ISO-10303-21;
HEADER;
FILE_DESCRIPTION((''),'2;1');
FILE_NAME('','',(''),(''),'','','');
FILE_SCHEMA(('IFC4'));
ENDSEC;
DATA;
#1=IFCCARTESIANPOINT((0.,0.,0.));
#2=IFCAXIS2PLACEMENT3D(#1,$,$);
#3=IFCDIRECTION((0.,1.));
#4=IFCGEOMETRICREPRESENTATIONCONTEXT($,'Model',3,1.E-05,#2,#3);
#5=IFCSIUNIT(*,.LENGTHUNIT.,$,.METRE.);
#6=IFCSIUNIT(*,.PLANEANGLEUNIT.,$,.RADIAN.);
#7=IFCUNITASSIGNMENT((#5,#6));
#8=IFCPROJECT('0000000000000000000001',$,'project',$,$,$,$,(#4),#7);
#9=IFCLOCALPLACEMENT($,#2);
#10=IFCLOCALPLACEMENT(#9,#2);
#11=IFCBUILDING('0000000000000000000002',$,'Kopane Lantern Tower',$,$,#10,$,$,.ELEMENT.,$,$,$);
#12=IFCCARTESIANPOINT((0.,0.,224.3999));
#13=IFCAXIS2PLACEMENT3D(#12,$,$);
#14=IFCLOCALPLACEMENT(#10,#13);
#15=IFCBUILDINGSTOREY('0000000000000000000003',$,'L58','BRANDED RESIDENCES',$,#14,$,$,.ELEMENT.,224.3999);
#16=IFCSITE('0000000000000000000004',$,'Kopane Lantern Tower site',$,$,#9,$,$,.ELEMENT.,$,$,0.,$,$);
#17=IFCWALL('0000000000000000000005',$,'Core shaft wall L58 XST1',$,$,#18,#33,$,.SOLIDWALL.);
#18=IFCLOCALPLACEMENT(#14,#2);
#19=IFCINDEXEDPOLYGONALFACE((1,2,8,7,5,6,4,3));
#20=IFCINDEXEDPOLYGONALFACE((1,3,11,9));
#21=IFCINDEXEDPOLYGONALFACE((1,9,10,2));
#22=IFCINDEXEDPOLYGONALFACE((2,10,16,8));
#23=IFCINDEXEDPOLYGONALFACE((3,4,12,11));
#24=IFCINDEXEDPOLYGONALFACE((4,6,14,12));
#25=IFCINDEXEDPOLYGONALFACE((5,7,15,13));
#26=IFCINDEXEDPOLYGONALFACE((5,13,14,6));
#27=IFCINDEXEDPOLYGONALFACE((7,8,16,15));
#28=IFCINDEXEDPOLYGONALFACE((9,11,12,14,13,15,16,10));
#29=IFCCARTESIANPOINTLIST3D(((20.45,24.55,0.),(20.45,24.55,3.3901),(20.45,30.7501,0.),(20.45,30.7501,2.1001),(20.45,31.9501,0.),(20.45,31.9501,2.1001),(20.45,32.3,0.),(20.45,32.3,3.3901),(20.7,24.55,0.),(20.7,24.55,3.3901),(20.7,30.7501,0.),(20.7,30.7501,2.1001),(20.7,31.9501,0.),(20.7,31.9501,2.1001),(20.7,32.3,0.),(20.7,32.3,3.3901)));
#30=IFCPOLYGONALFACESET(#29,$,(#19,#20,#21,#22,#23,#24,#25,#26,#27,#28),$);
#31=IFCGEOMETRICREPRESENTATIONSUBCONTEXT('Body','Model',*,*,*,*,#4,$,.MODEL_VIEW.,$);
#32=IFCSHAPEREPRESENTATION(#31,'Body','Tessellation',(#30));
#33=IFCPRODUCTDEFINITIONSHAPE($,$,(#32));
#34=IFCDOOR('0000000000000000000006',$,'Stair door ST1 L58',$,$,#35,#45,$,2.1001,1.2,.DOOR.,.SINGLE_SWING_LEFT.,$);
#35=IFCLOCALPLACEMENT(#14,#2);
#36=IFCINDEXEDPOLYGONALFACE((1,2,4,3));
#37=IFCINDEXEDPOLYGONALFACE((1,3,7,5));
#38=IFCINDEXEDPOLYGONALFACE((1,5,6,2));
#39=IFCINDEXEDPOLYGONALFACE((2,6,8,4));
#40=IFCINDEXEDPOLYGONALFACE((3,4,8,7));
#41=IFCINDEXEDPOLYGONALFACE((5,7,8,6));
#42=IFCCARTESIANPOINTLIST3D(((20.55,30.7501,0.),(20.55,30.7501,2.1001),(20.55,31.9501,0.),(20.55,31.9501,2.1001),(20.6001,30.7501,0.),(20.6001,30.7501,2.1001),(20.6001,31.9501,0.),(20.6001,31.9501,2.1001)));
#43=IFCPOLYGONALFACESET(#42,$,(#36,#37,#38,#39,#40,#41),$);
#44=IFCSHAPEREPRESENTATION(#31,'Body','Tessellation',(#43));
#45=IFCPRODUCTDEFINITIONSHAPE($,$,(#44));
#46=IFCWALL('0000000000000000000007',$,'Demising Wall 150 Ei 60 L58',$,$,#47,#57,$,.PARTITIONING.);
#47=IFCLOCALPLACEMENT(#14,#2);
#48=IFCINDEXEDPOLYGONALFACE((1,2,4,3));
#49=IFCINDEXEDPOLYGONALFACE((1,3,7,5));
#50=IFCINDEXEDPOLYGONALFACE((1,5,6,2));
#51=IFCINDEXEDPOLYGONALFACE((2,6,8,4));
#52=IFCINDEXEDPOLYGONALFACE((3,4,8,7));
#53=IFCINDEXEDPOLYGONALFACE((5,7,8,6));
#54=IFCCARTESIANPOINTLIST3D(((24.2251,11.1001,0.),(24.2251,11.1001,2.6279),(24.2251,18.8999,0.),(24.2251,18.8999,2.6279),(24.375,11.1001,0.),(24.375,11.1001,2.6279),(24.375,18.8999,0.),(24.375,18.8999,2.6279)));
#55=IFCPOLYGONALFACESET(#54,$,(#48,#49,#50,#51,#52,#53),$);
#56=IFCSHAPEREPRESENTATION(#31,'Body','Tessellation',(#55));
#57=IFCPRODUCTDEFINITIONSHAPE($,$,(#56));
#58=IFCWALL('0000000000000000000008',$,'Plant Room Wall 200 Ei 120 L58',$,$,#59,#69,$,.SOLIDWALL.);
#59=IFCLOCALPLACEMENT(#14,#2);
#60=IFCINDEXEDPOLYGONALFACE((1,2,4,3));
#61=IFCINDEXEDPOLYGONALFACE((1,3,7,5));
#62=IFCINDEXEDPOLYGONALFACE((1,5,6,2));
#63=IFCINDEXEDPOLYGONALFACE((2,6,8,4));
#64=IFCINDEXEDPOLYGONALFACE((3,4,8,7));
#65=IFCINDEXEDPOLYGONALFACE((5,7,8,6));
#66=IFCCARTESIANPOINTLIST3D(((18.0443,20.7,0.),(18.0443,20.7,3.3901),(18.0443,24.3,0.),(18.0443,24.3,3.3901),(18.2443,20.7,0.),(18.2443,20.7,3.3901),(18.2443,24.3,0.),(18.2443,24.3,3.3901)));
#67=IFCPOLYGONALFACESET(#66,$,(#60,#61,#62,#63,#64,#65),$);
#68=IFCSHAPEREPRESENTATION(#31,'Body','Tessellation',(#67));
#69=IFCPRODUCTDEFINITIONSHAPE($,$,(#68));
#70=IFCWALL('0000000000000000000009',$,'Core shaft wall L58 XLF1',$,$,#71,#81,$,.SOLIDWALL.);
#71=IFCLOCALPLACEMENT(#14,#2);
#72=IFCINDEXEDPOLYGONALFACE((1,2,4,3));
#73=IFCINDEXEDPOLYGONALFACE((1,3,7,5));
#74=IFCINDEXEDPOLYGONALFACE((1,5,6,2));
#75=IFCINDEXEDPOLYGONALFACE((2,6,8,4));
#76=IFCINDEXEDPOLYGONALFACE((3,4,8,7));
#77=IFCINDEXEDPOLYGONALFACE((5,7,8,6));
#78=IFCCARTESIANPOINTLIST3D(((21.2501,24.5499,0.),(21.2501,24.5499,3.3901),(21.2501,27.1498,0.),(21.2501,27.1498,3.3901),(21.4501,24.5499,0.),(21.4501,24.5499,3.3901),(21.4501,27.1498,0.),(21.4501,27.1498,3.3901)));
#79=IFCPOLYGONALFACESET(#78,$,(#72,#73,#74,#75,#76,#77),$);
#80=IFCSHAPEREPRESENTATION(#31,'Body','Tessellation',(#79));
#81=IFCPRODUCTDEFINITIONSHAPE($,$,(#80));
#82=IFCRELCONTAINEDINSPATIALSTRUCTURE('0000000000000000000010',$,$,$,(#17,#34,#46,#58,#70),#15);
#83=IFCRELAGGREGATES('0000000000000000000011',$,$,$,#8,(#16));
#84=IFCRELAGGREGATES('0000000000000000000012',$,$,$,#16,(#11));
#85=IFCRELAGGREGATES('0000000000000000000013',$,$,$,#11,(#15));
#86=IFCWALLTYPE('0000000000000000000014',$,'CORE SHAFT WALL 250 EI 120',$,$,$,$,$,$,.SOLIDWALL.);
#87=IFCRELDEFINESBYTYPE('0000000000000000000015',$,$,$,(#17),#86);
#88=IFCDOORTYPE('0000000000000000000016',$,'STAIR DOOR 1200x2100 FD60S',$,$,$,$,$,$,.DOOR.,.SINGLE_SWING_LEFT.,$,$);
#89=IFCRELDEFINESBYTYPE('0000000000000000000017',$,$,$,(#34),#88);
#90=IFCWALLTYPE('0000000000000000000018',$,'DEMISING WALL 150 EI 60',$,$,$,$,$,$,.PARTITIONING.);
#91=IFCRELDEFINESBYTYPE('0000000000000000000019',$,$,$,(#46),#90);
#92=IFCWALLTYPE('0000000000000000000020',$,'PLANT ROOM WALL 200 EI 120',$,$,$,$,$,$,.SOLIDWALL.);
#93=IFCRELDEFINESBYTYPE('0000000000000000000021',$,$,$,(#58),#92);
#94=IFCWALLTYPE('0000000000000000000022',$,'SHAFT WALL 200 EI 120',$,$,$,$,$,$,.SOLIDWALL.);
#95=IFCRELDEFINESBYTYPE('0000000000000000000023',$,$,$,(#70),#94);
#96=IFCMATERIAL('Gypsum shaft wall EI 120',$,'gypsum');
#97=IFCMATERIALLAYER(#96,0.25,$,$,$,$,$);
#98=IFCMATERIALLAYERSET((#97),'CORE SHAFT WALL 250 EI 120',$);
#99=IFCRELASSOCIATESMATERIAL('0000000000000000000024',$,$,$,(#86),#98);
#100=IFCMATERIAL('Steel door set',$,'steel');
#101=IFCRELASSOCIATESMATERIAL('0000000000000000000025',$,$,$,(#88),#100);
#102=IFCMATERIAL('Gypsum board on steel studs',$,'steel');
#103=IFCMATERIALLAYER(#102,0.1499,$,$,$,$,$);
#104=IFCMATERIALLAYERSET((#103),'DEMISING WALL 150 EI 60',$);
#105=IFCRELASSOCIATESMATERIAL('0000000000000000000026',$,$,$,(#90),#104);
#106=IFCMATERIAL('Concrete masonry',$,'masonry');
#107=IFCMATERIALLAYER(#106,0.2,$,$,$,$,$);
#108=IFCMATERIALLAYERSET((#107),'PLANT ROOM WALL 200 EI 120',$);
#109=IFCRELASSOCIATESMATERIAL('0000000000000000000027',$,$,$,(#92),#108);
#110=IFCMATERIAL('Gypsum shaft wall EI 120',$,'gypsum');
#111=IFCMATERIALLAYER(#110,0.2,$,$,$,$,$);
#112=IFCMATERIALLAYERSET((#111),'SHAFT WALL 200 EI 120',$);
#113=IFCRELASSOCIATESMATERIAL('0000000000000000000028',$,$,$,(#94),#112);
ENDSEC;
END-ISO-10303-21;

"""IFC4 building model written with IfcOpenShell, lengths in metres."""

from ifc_helpers import new_model, si_unit, direction, frame, frame_2d, origin, place, context, subcontext, project, spatial, rectangle, extrude, material, layer, layer_set, type_object, element, fill, save


model = new_model("IFC4")

# Units and contexts
model_context = context("Model", 3, precision=1e-05, world=origin(), true_north=direction((0.0, 1.0)))
body_context = subcontext(model_context, "Body", "Model", "MODEL_VIEW")
ifc_project = project(units=[si_unit("LENGTHUNIT", "METRE"), si_unit("PLANEANGLEUNIT", "RADIAN")], contexts=[model_context])

# Site, building, storey
site_placement = place(None, origin())
site = spatial("IfcSite", under=ifc_project, at=site_placement, Name="Kopane Lantern Tower site", CompositionType="ELEMENT", RefElevation=0.0)
building_placement = place(site_placement, origin())
building = spatial("IfcBuilding", under=site, at=building_placement, Name="Kopane Lantern Tower", CompositionType="ELEMENT")
storey_placement = place(building_placement, frame((0.0, 0.0, 224.3999)))
storey = spatial("IfcBuildingStorey", under=building, at=storey_placement, Name="L58", Description="BRANDED RESIDENCES", CompositionType="ELEMENT", Elevation=224.3999)

# Wall, opening, door
ifc_material_1 = material(Name="Gypsum shaft wall EI 120", Category="gypsum")
ifc_layer_1 = layer(ifc_material_1, 0.25)
ifc_layer_set_1 = layer_set([ifc_layer_1], Name="CORE SHAFT WALL 250 EI 120")
wall_type_1 = type_object("IfcWallType", Name="CORE SHAFT WALL 250 EI 120", PredefinedType="SOLIDWALL", material=ifc_layer_set_1)
wall_1_placement = place(storey_placement, frame((20.575, 24.55, 0.0), z_axis=(0.0, 0.0, 1.0), x_axis=(0.0, 1.0, 0.0)))
wall_1 = element("IfcWall", 1, at=wall_1_placement, inside=storey, type_object=wall_type_1, Name="Core shaft wall L58 XST1", PredefinedType="SOLIDWALL", context=body_context, shape_type="SweptSolid", body=[
    extrude(rectangle(XDim=7.75, YDim=0.25, at=frame_2d((3.875, 0.0))), origin(), (0.0, 0.0, 1.0), 3.3901),
])
opening_1_placement = place(wall_1_placement, frame((6.2, 0.0, 0.0)))
opening_1 = element("IfcOpeningElement", 2, at=opening_1_placement, cuts=wall_1, PredefinedType="OPENING", context=body_context, shape_type="SweptSolid", body=[
    extrude(rectangle(XDim=1.2, YDim=2.1001, at=frame_2d((0.6001, 1.05))), frame((0.0, 0.135, 0.0), z_axis=(0.0, -1.0, 0.0), x_axis=(1.0, 0.0, 0.0)), (0.0, 0.0, 1.0), 0.27),
])
ifc_material_2 = material(Name="Steel door set", Category="steel")
door_type_1 = type_object("IfcDoorType", Name="STAIR DOOR 1200x2100 FD60S", OperationType="SINGLE_SWING_LEFT", PredefinedType="DOOR", material=ifc_material_2)
door_1_placement = place(opening_1_placement, origin())
door_1 = element("IfcDoor", 3, at=door_1_placement, inside=storey, type_object=door_type_1, Name="Stair door ST1 L58", OperationType="SINGLE_SWING_LEFT", OverallHeight=2.1001, OverallWidth=1.2, PredefinedType="DOOR", context=body_context, shape_type="SweptSolid", body=[
    extrude(rectangle(XDim=1.2, YDim=2.1001, at=frame_2d((0.6001, 1.05))), frame((0.0, 0.0249, 0.0), z_axis=(0.0, -1.0, 0.0), x_axis=(1.0, 0.0, 0.0)), (0.0, 0.0, 1.0), 0.05),
])
fill(opening_1, door_1)

# Walls
ifc_material_3 = material(Name="Gypsum board on steel studs", Category="steel")
ifc_layer_2 = layer(ifc_material_3, 0.1499)
ifc_layer_set_2 = layer_set([ifc_layer_2], Name="DEMISING WALL 150 EI 60")
wall_type_2 = type_object("IfcWallType", Name="DEMISING WALL 150 EI 60", PredefinedType="PARTITIONING", material=ifc_layer_set_2)
wall_2_placement = place(storey_placement, frame((24.3, 18.8999, 0.0), z_axis=(0.0, 0.0, 1.0), x_axis=(0.0, -1.0, 0.0)))
element("IfcWall", 4, at=wall_2_placement, inside=storey, type_object=wall_type_2, Name="Demising Wall 150 Ei 60 L58", PredefinedType="PARTITIONING", context=body_context, shape_type="SweptSolid", body=[
    extrude(rectangle(XDim=7.7998, YDim=0.1499, at=frame_2d((3.8999, 0.0))), origin(), (0.0, 0.0, 1.0), 2.6279),
])
ifc_material_4 = material(Name="Concrete masonry", Category="masonry")
ifc_layer_3 = layer(ifc_material_4, 0.2)
ifc_layer_set_3 = layer_set([ifc_layer_3], Name="PLANT ROOM WALL 200 EI 120")
wall_type_3 = type_object("IfcWallType", Name="PLANT ROOM WALL 200 EI 120", PredefinedType="SOLIDWALL", material=ifc_layer_set_3)
wall_3_placement = place(storey_placement, frame((18.1443, 20.7, 0.0), z_axis=(0.0, 0.0, 1.0), x_axis=(0.0, 1.0, 0.0)))
element("IfcWall", 5, at=wall_3_placement, inside=storey, type_object=wall_type_3, Name="Plant Room Wall 200 Ei 120 L58", PredefinedType="SOLIDWALL", context=body_context, shape_type="SweptSolid", body=[
    extrude(rectangle(XDim=3.6001, YDim=0.2, at=frame_2d((1.8, 0.0))), origin(), (0.0, 0.0, 1.0), 3.3901),
])
ifc_material_5 = material(Name="Gypsum shaft wall EI 120", Category="gypsum")
ifc_layer_4 = layer(ifc_material_5, 0.2)
ifc_layer_set_4 = layer_set([ifc_layer_4], Name="SHAFT WALL 200 EI 120")
wall_type_4 = type_object("IfcWallType", Name="SHAFT WALL 200 EI 120", PredefinedType="SOLIDWALL", material=ifc_layer_set_4)
wall_4_placement = place(storey_placement, frame((21.3501, 24.55, 0.0), z_axis=(0.0, 0.0, 1.0), x_axis=(0.0, 1.0, 0.0)))
element("IfcWall", 6, at=wall_4_placement, inside=storey, type_object=wall_type_4, Name="Core shaft wall L58 XLF1", PredefinedType="SOLIDWALL", context=body_context, shape_type="SweptSolid", body=[
    extrude(rectangle(XDim=2.5999, YDim=0.2, at=frame_2d((1.2998, 0.0))), origin(), (0.0, 0.0, 1.0), 3.3901),
])

save(model, "model.ifc")
